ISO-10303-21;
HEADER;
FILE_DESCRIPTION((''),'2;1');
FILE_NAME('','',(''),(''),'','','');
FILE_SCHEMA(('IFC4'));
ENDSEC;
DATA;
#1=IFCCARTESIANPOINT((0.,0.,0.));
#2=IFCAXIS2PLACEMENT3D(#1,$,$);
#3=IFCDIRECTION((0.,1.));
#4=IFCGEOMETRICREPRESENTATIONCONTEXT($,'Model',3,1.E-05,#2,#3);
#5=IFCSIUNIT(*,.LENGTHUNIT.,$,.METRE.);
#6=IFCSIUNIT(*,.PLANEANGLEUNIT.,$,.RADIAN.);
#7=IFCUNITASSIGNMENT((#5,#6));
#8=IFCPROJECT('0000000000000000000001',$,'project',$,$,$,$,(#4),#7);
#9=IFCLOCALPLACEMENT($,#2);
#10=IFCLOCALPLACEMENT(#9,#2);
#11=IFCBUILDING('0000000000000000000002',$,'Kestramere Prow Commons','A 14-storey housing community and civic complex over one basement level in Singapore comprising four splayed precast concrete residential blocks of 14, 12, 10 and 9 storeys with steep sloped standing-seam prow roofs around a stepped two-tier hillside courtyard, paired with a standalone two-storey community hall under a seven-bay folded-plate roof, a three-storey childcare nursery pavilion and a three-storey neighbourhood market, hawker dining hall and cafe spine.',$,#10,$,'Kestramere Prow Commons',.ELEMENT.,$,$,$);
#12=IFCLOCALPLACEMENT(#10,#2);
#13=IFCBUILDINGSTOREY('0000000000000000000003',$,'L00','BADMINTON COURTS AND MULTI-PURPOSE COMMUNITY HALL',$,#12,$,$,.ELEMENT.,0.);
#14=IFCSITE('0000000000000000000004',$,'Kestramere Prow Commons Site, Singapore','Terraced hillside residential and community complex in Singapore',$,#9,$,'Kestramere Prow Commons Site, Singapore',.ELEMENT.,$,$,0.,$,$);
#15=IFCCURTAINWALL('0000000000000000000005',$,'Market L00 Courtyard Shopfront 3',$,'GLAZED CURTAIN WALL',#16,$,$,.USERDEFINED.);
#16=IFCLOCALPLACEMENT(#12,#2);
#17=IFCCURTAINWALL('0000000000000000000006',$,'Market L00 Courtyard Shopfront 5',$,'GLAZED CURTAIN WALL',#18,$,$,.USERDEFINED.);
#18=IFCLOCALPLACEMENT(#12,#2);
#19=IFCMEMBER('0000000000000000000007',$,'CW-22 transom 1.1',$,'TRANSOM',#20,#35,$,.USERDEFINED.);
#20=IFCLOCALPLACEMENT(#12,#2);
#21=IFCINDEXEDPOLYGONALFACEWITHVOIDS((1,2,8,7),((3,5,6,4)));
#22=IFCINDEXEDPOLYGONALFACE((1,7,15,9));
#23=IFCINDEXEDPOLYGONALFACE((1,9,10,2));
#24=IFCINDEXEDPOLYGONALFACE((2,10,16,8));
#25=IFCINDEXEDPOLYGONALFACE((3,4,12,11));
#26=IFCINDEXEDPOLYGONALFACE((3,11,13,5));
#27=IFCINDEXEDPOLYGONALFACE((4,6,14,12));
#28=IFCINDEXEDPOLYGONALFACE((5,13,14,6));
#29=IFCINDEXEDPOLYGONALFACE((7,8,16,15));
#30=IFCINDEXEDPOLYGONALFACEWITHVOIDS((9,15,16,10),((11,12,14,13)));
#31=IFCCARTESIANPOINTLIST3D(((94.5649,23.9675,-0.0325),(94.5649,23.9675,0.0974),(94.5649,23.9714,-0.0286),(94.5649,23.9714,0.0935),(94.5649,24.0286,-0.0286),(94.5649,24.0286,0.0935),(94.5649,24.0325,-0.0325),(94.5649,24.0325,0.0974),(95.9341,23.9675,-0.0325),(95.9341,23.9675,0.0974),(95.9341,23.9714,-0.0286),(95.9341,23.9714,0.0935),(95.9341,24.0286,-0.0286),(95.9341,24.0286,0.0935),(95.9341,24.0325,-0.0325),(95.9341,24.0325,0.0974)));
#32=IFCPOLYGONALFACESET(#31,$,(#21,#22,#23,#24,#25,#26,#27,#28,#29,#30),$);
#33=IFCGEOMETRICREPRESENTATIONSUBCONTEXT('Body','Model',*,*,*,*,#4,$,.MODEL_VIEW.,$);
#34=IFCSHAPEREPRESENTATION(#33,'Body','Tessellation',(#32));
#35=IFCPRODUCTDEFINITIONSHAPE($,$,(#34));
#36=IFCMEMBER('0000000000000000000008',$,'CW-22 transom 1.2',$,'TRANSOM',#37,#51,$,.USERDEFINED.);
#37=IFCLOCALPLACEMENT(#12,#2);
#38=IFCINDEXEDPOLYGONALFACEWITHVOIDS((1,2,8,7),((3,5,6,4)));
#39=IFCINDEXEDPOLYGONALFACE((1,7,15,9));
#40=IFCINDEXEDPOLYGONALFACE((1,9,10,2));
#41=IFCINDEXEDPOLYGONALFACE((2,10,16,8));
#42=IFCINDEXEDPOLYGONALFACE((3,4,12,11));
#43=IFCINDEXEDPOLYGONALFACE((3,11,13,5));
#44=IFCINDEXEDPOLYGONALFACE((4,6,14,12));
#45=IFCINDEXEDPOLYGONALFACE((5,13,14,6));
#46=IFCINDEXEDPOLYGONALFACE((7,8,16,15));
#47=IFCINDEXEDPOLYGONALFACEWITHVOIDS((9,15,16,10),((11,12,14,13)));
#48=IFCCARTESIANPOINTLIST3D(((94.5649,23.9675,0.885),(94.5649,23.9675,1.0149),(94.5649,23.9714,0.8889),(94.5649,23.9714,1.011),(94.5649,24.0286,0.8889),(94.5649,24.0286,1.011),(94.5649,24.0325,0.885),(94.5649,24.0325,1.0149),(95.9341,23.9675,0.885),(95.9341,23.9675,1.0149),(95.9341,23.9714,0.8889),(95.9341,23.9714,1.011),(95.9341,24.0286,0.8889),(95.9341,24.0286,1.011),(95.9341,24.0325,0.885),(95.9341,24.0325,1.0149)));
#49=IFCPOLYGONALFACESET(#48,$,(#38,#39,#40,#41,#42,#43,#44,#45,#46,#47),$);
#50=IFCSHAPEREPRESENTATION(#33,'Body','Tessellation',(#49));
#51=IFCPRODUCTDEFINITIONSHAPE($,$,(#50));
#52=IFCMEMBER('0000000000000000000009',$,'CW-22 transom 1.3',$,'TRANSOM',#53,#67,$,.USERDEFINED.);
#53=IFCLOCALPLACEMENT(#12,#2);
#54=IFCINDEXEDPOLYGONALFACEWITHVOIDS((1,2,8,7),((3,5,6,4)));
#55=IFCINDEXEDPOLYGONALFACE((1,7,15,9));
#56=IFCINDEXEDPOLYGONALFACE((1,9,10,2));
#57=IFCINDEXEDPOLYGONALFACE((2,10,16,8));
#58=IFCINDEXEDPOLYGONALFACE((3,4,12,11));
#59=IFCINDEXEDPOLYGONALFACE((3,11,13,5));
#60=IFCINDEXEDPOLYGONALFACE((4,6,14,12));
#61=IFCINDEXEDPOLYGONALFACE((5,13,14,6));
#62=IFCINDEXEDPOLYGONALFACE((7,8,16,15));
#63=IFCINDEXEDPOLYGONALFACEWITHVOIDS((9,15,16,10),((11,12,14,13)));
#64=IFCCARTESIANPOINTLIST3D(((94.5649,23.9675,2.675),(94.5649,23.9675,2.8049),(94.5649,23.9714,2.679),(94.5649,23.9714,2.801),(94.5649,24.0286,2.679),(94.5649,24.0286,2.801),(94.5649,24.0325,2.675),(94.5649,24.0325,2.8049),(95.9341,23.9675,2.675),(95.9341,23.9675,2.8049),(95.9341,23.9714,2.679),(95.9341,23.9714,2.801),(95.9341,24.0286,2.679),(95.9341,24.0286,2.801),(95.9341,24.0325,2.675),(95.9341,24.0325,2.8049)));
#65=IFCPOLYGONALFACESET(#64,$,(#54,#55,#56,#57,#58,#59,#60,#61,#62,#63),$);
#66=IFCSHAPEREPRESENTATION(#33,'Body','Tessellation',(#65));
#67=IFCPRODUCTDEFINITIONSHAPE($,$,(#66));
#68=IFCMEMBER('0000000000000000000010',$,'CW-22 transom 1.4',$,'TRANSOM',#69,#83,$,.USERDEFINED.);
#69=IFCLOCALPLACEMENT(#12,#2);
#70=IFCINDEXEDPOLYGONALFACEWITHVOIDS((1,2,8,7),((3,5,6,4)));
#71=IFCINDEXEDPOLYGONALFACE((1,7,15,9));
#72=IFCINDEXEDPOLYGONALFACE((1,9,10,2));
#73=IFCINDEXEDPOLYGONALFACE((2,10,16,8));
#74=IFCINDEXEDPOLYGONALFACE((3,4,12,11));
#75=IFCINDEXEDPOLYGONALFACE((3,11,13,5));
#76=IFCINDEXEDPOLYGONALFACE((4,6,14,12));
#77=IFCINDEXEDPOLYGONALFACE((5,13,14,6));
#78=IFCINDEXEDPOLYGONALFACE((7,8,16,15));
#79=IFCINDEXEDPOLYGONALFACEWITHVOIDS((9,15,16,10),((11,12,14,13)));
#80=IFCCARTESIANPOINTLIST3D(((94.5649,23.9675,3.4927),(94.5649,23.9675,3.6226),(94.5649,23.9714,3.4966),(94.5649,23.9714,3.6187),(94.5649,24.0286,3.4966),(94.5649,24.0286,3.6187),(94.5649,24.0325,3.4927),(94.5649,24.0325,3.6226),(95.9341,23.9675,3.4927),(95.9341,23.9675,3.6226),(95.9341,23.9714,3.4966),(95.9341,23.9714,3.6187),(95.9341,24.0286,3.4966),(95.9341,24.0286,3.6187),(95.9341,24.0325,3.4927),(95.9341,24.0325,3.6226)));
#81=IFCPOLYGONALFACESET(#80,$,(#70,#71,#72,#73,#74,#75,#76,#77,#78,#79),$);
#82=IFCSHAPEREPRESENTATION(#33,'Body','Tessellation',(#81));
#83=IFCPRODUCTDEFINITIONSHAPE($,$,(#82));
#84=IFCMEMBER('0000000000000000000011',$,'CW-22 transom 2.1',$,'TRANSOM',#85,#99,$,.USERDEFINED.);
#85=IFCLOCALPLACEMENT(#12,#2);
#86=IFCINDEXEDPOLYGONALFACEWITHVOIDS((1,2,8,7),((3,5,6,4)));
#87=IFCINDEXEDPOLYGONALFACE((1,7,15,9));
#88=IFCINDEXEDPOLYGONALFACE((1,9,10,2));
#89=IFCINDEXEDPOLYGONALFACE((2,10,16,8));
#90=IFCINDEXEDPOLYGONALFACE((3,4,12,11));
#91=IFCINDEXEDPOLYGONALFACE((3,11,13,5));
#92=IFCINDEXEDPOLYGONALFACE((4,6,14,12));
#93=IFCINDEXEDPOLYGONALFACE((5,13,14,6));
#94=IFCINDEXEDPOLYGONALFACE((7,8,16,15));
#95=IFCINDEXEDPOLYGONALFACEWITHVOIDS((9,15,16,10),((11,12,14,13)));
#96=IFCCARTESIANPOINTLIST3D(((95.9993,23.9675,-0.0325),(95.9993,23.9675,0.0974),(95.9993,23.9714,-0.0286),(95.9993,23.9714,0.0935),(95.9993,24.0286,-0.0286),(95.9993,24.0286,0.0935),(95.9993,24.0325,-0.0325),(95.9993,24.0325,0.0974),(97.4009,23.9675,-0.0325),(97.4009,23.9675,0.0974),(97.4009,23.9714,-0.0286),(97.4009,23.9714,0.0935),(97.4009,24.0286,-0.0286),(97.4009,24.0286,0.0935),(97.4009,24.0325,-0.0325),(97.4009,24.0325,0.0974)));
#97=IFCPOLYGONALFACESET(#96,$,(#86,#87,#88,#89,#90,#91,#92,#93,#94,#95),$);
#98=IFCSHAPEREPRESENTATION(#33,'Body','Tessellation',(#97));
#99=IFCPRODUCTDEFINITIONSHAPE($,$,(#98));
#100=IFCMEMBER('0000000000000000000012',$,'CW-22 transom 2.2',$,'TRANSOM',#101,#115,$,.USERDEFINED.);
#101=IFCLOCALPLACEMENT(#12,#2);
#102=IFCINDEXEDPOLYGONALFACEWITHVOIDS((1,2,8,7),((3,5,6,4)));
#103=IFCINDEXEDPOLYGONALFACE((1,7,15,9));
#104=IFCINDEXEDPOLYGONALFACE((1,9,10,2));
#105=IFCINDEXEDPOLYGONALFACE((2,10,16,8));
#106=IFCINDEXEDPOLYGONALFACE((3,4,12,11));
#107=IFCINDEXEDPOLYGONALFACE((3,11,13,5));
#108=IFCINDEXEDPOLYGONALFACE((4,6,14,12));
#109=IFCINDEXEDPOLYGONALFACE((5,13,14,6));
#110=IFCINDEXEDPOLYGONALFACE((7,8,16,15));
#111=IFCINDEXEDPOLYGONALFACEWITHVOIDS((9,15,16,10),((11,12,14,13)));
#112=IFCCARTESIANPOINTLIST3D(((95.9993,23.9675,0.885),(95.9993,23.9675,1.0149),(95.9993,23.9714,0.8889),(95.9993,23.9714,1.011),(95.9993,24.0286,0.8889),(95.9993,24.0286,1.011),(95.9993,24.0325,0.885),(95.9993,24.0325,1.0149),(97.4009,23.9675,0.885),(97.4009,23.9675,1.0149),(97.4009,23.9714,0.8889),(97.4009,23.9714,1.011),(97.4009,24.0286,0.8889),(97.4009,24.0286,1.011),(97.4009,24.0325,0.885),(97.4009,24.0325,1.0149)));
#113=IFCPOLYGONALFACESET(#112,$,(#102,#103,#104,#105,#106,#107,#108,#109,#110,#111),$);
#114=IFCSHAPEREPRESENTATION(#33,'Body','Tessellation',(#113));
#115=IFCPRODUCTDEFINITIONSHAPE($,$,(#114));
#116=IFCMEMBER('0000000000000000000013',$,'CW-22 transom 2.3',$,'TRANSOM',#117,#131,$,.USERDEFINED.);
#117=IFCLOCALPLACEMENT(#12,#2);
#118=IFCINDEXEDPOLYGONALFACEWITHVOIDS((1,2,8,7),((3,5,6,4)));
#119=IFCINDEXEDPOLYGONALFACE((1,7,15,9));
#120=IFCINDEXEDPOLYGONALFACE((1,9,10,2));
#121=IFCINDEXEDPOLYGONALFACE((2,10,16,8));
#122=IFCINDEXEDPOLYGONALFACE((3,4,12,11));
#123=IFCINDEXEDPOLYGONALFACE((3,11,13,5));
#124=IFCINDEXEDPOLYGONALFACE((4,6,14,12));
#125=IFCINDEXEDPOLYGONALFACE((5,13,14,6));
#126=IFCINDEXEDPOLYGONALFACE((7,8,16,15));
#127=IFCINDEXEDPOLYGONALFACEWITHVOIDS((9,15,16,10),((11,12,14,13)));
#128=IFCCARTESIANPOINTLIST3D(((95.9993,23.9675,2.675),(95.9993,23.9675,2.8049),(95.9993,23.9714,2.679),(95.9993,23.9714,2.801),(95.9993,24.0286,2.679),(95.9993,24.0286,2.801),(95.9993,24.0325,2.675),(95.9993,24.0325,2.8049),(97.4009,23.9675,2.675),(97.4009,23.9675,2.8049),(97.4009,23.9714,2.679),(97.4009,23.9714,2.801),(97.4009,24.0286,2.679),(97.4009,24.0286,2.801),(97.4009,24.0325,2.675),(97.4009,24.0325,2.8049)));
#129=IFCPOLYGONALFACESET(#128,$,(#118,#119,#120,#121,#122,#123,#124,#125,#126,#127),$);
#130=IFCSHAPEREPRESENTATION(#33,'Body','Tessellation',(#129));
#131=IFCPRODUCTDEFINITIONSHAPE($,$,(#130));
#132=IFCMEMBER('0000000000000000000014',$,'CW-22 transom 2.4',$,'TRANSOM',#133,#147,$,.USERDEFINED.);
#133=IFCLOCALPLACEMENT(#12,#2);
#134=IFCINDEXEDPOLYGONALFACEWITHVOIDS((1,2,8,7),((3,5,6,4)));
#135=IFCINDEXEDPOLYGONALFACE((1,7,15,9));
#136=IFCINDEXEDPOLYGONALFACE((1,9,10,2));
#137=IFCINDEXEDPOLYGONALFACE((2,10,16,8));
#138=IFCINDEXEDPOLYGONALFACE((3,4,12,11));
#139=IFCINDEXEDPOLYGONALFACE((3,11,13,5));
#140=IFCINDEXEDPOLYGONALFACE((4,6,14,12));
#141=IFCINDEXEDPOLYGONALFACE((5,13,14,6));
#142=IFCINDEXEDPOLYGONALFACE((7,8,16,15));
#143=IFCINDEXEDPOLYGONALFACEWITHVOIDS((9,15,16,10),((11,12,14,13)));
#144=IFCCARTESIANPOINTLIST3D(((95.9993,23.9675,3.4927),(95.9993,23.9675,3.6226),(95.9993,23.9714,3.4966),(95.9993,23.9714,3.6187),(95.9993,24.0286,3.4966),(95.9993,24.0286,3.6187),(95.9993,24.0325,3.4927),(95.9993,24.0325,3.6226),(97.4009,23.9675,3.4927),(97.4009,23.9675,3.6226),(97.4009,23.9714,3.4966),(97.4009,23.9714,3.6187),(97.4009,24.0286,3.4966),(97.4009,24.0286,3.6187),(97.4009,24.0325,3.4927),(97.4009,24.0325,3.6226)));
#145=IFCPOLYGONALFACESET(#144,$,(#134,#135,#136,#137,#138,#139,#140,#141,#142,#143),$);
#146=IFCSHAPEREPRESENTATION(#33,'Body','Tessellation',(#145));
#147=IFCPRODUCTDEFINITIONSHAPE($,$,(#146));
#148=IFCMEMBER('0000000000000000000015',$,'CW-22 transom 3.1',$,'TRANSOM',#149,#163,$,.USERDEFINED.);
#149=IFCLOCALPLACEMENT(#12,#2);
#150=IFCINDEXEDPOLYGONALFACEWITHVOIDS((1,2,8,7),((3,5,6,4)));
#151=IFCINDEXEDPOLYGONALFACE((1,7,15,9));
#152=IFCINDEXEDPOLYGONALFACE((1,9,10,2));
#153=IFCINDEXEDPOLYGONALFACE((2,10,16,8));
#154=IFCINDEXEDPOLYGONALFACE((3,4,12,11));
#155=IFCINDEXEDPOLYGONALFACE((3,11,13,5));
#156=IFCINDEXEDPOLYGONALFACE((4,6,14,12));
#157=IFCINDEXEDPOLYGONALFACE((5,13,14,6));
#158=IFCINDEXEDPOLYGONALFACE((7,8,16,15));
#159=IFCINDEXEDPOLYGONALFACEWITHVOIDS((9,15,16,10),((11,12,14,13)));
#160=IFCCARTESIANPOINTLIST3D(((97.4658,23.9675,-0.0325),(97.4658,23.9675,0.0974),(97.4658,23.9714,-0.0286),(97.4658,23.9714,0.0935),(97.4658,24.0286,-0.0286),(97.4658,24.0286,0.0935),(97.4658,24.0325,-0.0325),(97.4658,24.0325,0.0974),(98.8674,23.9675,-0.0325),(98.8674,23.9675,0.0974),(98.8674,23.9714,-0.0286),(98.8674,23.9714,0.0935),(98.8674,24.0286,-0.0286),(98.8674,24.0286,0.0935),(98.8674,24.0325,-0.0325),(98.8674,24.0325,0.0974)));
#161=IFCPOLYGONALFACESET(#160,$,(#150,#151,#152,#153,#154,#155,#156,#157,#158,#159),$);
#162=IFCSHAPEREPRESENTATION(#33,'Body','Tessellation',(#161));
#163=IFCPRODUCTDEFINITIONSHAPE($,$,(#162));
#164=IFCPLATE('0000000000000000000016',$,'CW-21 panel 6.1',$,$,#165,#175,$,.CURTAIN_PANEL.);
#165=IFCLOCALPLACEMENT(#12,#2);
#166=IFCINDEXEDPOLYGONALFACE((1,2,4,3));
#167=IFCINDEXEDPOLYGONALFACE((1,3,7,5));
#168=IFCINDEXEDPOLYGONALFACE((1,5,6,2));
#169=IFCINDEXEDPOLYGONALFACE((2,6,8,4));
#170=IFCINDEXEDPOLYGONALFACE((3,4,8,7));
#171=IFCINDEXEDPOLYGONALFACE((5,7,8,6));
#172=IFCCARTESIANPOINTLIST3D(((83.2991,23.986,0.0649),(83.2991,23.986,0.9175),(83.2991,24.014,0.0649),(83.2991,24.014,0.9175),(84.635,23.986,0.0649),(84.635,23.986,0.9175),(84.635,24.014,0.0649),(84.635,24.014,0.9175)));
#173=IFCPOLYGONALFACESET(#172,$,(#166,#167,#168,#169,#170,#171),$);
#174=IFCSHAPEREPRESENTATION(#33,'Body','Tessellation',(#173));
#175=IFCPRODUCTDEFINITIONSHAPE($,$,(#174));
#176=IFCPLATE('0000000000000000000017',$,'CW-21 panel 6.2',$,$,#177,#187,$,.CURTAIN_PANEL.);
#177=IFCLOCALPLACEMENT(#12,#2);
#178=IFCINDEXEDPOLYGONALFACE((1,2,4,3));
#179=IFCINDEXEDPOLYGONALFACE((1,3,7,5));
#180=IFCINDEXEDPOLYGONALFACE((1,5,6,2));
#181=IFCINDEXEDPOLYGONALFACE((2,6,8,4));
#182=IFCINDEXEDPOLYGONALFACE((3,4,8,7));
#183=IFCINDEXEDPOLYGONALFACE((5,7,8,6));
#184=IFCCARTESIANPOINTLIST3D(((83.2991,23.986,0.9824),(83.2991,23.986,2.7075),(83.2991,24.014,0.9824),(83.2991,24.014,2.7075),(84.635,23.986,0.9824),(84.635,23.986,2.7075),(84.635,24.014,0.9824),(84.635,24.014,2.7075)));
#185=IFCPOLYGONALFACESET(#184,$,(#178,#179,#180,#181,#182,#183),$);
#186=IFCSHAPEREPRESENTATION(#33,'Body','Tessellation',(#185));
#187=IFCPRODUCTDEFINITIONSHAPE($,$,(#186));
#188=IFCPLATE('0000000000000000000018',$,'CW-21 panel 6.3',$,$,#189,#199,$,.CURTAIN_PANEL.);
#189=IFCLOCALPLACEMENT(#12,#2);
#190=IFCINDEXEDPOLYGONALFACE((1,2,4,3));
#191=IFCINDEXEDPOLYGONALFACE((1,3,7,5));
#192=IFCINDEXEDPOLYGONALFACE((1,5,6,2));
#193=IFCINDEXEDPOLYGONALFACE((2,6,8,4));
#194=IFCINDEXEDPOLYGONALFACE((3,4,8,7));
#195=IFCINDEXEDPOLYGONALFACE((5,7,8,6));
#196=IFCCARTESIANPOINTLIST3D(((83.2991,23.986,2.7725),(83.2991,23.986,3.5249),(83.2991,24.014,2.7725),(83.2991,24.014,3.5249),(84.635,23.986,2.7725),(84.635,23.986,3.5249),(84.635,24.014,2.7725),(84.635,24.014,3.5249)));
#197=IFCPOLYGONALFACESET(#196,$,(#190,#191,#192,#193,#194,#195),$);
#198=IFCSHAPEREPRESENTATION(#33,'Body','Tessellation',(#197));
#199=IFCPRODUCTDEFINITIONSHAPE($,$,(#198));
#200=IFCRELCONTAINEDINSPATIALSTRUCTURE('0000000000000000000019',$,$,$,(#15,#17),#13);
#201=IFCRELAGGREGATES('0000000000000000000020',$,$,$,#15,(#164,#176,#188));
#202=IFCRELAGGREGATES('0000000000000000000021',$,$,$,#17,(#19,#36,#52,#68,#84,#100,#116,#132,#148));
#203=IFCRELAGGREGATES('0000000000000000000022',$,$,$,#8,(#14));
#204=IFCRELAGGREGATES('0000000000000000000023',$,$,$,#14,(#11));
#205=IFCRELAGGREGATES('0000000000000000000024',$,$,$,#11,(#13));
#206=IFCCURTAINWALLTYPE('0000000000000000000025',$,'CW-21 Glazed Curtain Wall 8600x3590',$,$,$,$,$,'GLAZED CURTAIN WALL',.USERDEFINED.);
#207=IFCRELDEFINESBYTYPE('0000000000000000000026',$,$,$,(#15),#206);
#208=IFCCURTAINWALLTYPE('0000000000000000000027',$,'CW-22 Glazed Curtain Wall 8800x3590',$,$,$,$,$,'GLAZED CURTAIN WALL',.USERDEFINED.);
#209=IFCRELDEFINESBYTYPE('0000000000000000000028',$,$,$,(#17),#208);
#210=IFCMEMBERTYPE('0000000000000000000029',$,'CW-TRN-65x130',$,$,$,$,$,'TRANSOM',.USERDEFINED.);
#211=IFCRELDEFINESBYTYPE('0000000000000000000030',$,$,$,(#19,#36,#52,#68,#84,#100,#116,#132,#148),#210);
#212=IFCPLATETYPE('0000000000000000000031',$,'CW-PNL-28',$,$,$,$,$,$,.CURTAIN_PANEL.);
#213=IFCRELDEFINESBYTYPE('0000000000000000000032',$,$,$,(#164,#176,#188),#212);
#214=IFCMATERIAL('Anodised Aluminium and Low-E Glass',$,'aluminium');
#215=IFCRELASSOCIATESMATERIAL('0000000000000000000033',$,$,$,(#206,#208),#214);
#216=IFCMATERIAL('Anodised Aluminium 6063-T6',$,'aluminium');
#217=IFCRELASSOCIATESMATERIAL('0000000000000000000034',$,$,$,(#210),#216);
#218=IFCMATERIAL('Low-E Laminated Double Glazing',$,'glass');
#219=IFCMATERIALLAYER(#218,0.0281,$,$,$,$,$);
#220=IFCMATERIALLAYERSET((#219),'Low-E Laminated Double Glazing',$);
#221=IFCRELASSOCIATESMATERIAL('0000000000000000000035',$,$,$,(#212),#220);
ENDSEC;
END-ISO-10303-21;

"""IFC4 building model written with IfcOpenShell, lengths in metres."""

from ifc_helpers import new_model, si_unit, direction, frame, origin, origin_2d, place, context, subcontext, project, spatial, rectangle, hollow_rectangle, extrude, material, layer, layer_set, material_profile, profile_set, type_object, element, aggregate, save


model = new_model("IFC4")

# Units and contexts
model_context = context("Model", 3, precision=1e-05, world=origin(), true_north=direction((0.0, 1.0)))
body_context = subcontext(model_context, "Body", "Model", "MODEL_VIEW")
ifc_project = project(units=[si_unit("LENGTHUNIT", "METRE"), si_unit("PLANEANGLEUNIT", "RADIAN")], contexts=[model_context])

# Site, building, storey
site_placement = place(None, origin())
site = spatial("IfcSite", under=ifc_project, at=site_placement, Name="Kestramere Prow Commons Site, Singapore", Description="Terraced hillside residential and community complex in Singapore", LongName="Kestramere Prow Commons Site, Singapore", CompositionType="ELEMENT", RefElevation=0.0)
building_placement = place(site_placement, origin())
building = spatial("IfcBuilding", under=site, at=building_placement, Name="Kestramere Prow Commons", Description="A 14-storey housing community and civic complex over one basement level in Singapore comprising four splayed precast concrete residential blocks of 14, 12, 10 and 9 storeys with steep sloped standing-seam prow roofs around a stepped two-tier hillside courtyard, paired with a standalone two-storey community hall under a seven-bay folded-plate roof, a three-storey childcare nursery pavilion and a three-storey neighbourhood market, hawker dining hall and cafe spine.", LongName="Kestramere Prow Commons", CompositionType="ELEMENT")
storey_placement = place(building_placement, origin())
storey = spatial("IfcBuildingStorey", under=building, at=storey_placement, Name="L00", Description="BADMINTON COURTS AND MULTI-PURPOSE COMMUNITY HALL", CompositionType="ELEMENT", Elevation=0.0)

# Curtain wall
ifc_material_1 = material(Name="Anodised Aluminium and Low-E Glass", Category="aluminium")
curtain_wall_type_1 = type_object("IfcCurtainWallType", Name="CW-21 Glazed Curtain Wall 8600x3590", ElementType="GLAZED CURTAIN WALL", PredefinedType="USERDEFINED", material=ifc_material_1)
curtain_wall_1_placement = place(storey_placement, origin())
curtain_wall_1 = element("IfcCurtainWall", 1, at=curtain_wall_1_placement, inside=storey, type_object=curtain_wall_type_1, Name="Market L00 Courtyard Shopfront 3", ObjectType="GLAZED CURTAIN WALL", PredefinedType="USERDEFINED")
ifc_material_2 = material(Name="Anodised Aluminium 6063-T6", Category="aluminium")

# Curtain wall
curtain_wall_type_2 = type_object("IfcCurtainWallType", Name="CW-22 Glazed Curtain Wall 8800x3590", ElementType="GLAZED CURTAIN WALL", PredefinedType="USERDEFINED", material=ifc_material_1)
curtain_wall_2_placement = place(storey_placement, origin())
curtain_wall_2 = element("IfcCurtainWall", 2, at=curtain_wall_2_placement, inside=storey, type_object=curtain_wall_type_2, Name="Market L00 Courtyard Shopfront 5", ObjectType="GLAZED CURTAIN WALL", PredefinedType="USERDEFINED")

# Members
ifc_material_profile_1 = material_profile(ifc_material_2, hollow_rectangle(XDim=0.0649, YDim=0.1299, WallThickness=0.0039, at=origin_2d()), Name="ALU-TRN 65x130")
ifc_profile_set_1 = profile_set([ifc_material_profile_1], Name="Anodised Aluminium 6063-T6")
member_type_1 = type_object("IfcMemberType", Name="CW-TRN-65x130", ElementType="TRANSOM", PredefinedType="USERDEFINED", material=ifc_profile_set_1)
member_1_placement = place(storey_placement, frame((94.5649, 24.0, 0.0325), z_axis=(1.0, 0.0, 0.0), x_axis=(0.0, 1.0, 0.0)))
member_1 = element("IfcMember", 3, at=member_1_placement, type_object=member_type_1, Name="CW-22 transom 1.1", ObjectType="TRANSOM", PredefinedType="USERDEFINED", context=body_context, shape_type="SweptSolid", body=[
    extrude(hollow_rectangle(XDim=0.0649, YDim=0.1299, WallThickness=0.0039, at=origin_2d()), origin(), (0.0, 0.0, 1.0), 1.3691),
])
member_2_placement = place(storey_placement, frame((94.5649, 24.0, 0.95), z_axis=(1.0, 0.0, 0.0), x_axis=(0.0, 1.0, 0.0)))
member_2 = element("IfcMember", 4, at=member_2_placement, type_object=member_type_1, Name="CW-22 transom 1.2", ObjectType="TRANSOM", PredefinedType="USERDEFINED", context=body_context, shape_type="SweptSolid", body=[
    extrude(hollow_rectangle(XDim=0.0649, YDim=0.1299, WallThickness=0.0039, at=origin_2d()), origin(), (0.0, 0.0, 1.0), 1.3691),
])
member_3_placement = place(storey_placement, frame((94.5649, 24.0, 2.74), z_axis=(1.0, 0.0, 0.0), x_axis=(0.0, 1.0, 0.0)))
member_3 = element("IfcMember", 5, at=member_3_placement, type_object=member_type_1, Name="CW-22 transom 1.3", ObjectType="TRANSOM", PredefinedType="USERDEFINED", context=body_context, shape_type="SweptSolid", body=[
    extrude(hollow_rectangle(XDim=0.0649, YDim=0.1299, WallThickness=0.0039, at=origin_2d()), origin(), (0.0, 0.0, 1.0), 1.3691),
])
member_4_placement = place(storey_placement, frame((94.5649, 24.0, 3.5576), z_axis=(1.0, 0.0, 0.0), x_axis=(0.0, 1.0, 0.0)))
member_4 = element("IfcMember", 6, at=member_4_placement, type_object=member_type_1, Name="CW-22 transom 1.4", ObjectType="TRANSOM", PredefinedType="USERDEFINED", context=body_context, shape_type="SweptSolid", body=[
    extrude(hollow_rectangle(XDim=0.0649, YDim=0.1299, WallThickness=0.0039, at=origin_2d()), origin(), (0.0, 0.0, 1.0), 1.3691),
])
member_5_placement = place(storey_placement, frame((95.9993, 24.0, 0.0325), z_axis=(1.0, 0.0, 0.0), x_axis=(0.0, 1.0, 0.0)))
member_5 = element("IfcMember", 7, at=member_5_placement, type_object=member_type_1, Name="CW-22 transom 2.1", ObjectType="TRANSOM", PredefinedType="USERDEFINED", context=body_context, shape_type="SweptSolid", body=[
    extrude(hollow_rectangle(XDim=0.0649, YDim=0.1299, WallThickness=0.0039, at=origin_2d()), origin(), (0.0, 0.0, 1.0), 1.4016),
])
member_6_placement = place(storey_placement, frame((95.9993, 24.0, 0.95), z_axis=(1.0, 0.0, 0.0), x_axis=(0.0, 1.0, 0.0)))
member_6 = element("IfcMember", 8, at=member_6_placement, type_object=member_type_1, Name="CW-22 transom 2.2", ObjectType="TRANSOM", PredefinedType="USERDEFINED", context=body_context, shape_type="SweptSolid", body=[
    extrude(hollow_rectangle(XDim=0.0649, YDim=0.1299, WallThickness=0.0039, at=origin_2d()), origin(), (0.0, 0.0, 1.0), 1.4016),
])
member_7_placement = place(storey_placement, frame((95.9993, 24.0, 2.74), z_axis=(1.0, 0.0, 0.0), x_axis=(0.0, 1.0, 0.0)))
member_7 = element("IfcMember", 9, at=member_7_placement, type_object=member_type_1, Name="CW-22 transom 2.3", ObjectType="TRANSOM", PredefinedType="USERDEFINED", context=body_context, shape_type="SweptSolid", body=[
    extrude(hollow_rectangle(XDim=0.0649, YDim=0.1299, WallThickness=0.0039, at=origin_2d()), origin(), (0.0, 0.0, 1.0), 1.4016),
])
member_8_placement = place(storey_placement, frame((95.9993, 24.0, 3.5576), z_axis=(1.0, 0.0, 0.0), x_axis=(0.0, 1.0, 0.0)))
member_8 = element("IfcMember", 10, at=member_8_placement, type_object=member_type_1, Name="CW-22 transom 2.4", ObjectType="TRANSOM", PredefinedType="USERDEFINED", context=body_context, shape_type="SweptSolid", body=[
    extrude(hollow_rectangle(XDim=0.0649, YDim=0.1299, WallThickness=0.0039, at=origin_2d()), origin(), (0.0, 0.0, 1.0), 1.4016),
])
member_9_placement = place(storey_placement, frame((97.4658, 24.0, 0.0325), z_axis=(1.0, 0.0, 0.0), x_axis=(0.0, 1.0, 0.0)))
member_9 = element("IfcMember", 11, at=member_9_placement, type_object=member_type_1, Name="CW-22 transom 3.1", ObjectType="TRANSOM", PredefinedType="USERDEFINED", context=body_context, shape_type="SweptSolid", body=[
    extrude(hollow_rectangle(XDim=0.0649, YDim=0.1299, WallThickness=0.0039, at=origin_2d()), origin(), (0.0, 0.0, 1.0), 1.4016),
])

# Plates
ifc_material_3 = material(Name="Low-E Laminated Double Glazing", Category="glass")
ifc_layer_1 = layer(ifc_material_3, 0.0281)
ifc_layer_set_1 = layer_set([ifc_layer_1], Name="Low-E Laminated Double Glazing")
plate_type_1 = type_object("IfcPlateType", Name="CW-PNL-28", PredefinedType="CURTAIN_PANEL", material=ifc_layer_set_1)
plate_1_placement = place(storey_placement, frame((83.967, 24.0, 0.0649), z_axis=(0.0, 0.0, 1.0), x_axis=(1.0, 0.0, 0.0)))
plate_1 = element("IfcPlate", 12, at=plate_1_placement, type_object=plate_type_1, Name="CW-21 panel 6.1", PredefinedType="CURTAIN_PANEL", context=body_context, shape_type="SweptSolid", body=[
    extrude(rectangle(XDim=1.3359, YDim=0.0281, at=origin_2d()), origin(), (0.0, 0.0, 1.0), 0.8525),
])
plate_2_placement = place(storey_placement, frame((83.967, 24.0, 0.9824), z_axis=(0.0, 0.0, 1.0), x_axis=(1.0, 0.0, 0.0)))
plate_2 = element("IfcPlate", 13, at=plate_2_placement, type_object=plate_type_1, Name="CW-21 panel 6.2", PredefinedType="CURTAIN_PANEL", context=body_context, shape_type="SweptSolid", body=[
    extrude(rectangle(XDim=1.3359, YDim=0.0281, at=origin_2d()), origin(), (0.0, 0.0, 1.0), 1.7251),
])
plate_3_placement = place(storey_placement, frame((83.967, 24.0, 2.7725), z_axis=(0.0, 0.0, 1.0), x_axis=(1.0, 0.0, 0.0)))
plate_3 = element("IfcPlate", 14, at=plate_3_placement, type_object=plate_type_1, Name="CW-21 panel 6.3", PredefinedType="CURTAIN_PANEL", context=body_context, shape_type="SweptSolid", body=[
    extrude(rectangle(XDim=1.3359, YDim=0.0281, at=origin_2d()), origin(), (0.0, 0.0, 1.0), 0.7524),
])
aggregate(curtain_wall_1, [plate_1, plate_2, plate_3])
aggregate(curtain_wall_2, [member_1, member_2, member_3, member_4, member_5, member_6, member_7, member_8, member_9])

save(model, "model.ifc")
